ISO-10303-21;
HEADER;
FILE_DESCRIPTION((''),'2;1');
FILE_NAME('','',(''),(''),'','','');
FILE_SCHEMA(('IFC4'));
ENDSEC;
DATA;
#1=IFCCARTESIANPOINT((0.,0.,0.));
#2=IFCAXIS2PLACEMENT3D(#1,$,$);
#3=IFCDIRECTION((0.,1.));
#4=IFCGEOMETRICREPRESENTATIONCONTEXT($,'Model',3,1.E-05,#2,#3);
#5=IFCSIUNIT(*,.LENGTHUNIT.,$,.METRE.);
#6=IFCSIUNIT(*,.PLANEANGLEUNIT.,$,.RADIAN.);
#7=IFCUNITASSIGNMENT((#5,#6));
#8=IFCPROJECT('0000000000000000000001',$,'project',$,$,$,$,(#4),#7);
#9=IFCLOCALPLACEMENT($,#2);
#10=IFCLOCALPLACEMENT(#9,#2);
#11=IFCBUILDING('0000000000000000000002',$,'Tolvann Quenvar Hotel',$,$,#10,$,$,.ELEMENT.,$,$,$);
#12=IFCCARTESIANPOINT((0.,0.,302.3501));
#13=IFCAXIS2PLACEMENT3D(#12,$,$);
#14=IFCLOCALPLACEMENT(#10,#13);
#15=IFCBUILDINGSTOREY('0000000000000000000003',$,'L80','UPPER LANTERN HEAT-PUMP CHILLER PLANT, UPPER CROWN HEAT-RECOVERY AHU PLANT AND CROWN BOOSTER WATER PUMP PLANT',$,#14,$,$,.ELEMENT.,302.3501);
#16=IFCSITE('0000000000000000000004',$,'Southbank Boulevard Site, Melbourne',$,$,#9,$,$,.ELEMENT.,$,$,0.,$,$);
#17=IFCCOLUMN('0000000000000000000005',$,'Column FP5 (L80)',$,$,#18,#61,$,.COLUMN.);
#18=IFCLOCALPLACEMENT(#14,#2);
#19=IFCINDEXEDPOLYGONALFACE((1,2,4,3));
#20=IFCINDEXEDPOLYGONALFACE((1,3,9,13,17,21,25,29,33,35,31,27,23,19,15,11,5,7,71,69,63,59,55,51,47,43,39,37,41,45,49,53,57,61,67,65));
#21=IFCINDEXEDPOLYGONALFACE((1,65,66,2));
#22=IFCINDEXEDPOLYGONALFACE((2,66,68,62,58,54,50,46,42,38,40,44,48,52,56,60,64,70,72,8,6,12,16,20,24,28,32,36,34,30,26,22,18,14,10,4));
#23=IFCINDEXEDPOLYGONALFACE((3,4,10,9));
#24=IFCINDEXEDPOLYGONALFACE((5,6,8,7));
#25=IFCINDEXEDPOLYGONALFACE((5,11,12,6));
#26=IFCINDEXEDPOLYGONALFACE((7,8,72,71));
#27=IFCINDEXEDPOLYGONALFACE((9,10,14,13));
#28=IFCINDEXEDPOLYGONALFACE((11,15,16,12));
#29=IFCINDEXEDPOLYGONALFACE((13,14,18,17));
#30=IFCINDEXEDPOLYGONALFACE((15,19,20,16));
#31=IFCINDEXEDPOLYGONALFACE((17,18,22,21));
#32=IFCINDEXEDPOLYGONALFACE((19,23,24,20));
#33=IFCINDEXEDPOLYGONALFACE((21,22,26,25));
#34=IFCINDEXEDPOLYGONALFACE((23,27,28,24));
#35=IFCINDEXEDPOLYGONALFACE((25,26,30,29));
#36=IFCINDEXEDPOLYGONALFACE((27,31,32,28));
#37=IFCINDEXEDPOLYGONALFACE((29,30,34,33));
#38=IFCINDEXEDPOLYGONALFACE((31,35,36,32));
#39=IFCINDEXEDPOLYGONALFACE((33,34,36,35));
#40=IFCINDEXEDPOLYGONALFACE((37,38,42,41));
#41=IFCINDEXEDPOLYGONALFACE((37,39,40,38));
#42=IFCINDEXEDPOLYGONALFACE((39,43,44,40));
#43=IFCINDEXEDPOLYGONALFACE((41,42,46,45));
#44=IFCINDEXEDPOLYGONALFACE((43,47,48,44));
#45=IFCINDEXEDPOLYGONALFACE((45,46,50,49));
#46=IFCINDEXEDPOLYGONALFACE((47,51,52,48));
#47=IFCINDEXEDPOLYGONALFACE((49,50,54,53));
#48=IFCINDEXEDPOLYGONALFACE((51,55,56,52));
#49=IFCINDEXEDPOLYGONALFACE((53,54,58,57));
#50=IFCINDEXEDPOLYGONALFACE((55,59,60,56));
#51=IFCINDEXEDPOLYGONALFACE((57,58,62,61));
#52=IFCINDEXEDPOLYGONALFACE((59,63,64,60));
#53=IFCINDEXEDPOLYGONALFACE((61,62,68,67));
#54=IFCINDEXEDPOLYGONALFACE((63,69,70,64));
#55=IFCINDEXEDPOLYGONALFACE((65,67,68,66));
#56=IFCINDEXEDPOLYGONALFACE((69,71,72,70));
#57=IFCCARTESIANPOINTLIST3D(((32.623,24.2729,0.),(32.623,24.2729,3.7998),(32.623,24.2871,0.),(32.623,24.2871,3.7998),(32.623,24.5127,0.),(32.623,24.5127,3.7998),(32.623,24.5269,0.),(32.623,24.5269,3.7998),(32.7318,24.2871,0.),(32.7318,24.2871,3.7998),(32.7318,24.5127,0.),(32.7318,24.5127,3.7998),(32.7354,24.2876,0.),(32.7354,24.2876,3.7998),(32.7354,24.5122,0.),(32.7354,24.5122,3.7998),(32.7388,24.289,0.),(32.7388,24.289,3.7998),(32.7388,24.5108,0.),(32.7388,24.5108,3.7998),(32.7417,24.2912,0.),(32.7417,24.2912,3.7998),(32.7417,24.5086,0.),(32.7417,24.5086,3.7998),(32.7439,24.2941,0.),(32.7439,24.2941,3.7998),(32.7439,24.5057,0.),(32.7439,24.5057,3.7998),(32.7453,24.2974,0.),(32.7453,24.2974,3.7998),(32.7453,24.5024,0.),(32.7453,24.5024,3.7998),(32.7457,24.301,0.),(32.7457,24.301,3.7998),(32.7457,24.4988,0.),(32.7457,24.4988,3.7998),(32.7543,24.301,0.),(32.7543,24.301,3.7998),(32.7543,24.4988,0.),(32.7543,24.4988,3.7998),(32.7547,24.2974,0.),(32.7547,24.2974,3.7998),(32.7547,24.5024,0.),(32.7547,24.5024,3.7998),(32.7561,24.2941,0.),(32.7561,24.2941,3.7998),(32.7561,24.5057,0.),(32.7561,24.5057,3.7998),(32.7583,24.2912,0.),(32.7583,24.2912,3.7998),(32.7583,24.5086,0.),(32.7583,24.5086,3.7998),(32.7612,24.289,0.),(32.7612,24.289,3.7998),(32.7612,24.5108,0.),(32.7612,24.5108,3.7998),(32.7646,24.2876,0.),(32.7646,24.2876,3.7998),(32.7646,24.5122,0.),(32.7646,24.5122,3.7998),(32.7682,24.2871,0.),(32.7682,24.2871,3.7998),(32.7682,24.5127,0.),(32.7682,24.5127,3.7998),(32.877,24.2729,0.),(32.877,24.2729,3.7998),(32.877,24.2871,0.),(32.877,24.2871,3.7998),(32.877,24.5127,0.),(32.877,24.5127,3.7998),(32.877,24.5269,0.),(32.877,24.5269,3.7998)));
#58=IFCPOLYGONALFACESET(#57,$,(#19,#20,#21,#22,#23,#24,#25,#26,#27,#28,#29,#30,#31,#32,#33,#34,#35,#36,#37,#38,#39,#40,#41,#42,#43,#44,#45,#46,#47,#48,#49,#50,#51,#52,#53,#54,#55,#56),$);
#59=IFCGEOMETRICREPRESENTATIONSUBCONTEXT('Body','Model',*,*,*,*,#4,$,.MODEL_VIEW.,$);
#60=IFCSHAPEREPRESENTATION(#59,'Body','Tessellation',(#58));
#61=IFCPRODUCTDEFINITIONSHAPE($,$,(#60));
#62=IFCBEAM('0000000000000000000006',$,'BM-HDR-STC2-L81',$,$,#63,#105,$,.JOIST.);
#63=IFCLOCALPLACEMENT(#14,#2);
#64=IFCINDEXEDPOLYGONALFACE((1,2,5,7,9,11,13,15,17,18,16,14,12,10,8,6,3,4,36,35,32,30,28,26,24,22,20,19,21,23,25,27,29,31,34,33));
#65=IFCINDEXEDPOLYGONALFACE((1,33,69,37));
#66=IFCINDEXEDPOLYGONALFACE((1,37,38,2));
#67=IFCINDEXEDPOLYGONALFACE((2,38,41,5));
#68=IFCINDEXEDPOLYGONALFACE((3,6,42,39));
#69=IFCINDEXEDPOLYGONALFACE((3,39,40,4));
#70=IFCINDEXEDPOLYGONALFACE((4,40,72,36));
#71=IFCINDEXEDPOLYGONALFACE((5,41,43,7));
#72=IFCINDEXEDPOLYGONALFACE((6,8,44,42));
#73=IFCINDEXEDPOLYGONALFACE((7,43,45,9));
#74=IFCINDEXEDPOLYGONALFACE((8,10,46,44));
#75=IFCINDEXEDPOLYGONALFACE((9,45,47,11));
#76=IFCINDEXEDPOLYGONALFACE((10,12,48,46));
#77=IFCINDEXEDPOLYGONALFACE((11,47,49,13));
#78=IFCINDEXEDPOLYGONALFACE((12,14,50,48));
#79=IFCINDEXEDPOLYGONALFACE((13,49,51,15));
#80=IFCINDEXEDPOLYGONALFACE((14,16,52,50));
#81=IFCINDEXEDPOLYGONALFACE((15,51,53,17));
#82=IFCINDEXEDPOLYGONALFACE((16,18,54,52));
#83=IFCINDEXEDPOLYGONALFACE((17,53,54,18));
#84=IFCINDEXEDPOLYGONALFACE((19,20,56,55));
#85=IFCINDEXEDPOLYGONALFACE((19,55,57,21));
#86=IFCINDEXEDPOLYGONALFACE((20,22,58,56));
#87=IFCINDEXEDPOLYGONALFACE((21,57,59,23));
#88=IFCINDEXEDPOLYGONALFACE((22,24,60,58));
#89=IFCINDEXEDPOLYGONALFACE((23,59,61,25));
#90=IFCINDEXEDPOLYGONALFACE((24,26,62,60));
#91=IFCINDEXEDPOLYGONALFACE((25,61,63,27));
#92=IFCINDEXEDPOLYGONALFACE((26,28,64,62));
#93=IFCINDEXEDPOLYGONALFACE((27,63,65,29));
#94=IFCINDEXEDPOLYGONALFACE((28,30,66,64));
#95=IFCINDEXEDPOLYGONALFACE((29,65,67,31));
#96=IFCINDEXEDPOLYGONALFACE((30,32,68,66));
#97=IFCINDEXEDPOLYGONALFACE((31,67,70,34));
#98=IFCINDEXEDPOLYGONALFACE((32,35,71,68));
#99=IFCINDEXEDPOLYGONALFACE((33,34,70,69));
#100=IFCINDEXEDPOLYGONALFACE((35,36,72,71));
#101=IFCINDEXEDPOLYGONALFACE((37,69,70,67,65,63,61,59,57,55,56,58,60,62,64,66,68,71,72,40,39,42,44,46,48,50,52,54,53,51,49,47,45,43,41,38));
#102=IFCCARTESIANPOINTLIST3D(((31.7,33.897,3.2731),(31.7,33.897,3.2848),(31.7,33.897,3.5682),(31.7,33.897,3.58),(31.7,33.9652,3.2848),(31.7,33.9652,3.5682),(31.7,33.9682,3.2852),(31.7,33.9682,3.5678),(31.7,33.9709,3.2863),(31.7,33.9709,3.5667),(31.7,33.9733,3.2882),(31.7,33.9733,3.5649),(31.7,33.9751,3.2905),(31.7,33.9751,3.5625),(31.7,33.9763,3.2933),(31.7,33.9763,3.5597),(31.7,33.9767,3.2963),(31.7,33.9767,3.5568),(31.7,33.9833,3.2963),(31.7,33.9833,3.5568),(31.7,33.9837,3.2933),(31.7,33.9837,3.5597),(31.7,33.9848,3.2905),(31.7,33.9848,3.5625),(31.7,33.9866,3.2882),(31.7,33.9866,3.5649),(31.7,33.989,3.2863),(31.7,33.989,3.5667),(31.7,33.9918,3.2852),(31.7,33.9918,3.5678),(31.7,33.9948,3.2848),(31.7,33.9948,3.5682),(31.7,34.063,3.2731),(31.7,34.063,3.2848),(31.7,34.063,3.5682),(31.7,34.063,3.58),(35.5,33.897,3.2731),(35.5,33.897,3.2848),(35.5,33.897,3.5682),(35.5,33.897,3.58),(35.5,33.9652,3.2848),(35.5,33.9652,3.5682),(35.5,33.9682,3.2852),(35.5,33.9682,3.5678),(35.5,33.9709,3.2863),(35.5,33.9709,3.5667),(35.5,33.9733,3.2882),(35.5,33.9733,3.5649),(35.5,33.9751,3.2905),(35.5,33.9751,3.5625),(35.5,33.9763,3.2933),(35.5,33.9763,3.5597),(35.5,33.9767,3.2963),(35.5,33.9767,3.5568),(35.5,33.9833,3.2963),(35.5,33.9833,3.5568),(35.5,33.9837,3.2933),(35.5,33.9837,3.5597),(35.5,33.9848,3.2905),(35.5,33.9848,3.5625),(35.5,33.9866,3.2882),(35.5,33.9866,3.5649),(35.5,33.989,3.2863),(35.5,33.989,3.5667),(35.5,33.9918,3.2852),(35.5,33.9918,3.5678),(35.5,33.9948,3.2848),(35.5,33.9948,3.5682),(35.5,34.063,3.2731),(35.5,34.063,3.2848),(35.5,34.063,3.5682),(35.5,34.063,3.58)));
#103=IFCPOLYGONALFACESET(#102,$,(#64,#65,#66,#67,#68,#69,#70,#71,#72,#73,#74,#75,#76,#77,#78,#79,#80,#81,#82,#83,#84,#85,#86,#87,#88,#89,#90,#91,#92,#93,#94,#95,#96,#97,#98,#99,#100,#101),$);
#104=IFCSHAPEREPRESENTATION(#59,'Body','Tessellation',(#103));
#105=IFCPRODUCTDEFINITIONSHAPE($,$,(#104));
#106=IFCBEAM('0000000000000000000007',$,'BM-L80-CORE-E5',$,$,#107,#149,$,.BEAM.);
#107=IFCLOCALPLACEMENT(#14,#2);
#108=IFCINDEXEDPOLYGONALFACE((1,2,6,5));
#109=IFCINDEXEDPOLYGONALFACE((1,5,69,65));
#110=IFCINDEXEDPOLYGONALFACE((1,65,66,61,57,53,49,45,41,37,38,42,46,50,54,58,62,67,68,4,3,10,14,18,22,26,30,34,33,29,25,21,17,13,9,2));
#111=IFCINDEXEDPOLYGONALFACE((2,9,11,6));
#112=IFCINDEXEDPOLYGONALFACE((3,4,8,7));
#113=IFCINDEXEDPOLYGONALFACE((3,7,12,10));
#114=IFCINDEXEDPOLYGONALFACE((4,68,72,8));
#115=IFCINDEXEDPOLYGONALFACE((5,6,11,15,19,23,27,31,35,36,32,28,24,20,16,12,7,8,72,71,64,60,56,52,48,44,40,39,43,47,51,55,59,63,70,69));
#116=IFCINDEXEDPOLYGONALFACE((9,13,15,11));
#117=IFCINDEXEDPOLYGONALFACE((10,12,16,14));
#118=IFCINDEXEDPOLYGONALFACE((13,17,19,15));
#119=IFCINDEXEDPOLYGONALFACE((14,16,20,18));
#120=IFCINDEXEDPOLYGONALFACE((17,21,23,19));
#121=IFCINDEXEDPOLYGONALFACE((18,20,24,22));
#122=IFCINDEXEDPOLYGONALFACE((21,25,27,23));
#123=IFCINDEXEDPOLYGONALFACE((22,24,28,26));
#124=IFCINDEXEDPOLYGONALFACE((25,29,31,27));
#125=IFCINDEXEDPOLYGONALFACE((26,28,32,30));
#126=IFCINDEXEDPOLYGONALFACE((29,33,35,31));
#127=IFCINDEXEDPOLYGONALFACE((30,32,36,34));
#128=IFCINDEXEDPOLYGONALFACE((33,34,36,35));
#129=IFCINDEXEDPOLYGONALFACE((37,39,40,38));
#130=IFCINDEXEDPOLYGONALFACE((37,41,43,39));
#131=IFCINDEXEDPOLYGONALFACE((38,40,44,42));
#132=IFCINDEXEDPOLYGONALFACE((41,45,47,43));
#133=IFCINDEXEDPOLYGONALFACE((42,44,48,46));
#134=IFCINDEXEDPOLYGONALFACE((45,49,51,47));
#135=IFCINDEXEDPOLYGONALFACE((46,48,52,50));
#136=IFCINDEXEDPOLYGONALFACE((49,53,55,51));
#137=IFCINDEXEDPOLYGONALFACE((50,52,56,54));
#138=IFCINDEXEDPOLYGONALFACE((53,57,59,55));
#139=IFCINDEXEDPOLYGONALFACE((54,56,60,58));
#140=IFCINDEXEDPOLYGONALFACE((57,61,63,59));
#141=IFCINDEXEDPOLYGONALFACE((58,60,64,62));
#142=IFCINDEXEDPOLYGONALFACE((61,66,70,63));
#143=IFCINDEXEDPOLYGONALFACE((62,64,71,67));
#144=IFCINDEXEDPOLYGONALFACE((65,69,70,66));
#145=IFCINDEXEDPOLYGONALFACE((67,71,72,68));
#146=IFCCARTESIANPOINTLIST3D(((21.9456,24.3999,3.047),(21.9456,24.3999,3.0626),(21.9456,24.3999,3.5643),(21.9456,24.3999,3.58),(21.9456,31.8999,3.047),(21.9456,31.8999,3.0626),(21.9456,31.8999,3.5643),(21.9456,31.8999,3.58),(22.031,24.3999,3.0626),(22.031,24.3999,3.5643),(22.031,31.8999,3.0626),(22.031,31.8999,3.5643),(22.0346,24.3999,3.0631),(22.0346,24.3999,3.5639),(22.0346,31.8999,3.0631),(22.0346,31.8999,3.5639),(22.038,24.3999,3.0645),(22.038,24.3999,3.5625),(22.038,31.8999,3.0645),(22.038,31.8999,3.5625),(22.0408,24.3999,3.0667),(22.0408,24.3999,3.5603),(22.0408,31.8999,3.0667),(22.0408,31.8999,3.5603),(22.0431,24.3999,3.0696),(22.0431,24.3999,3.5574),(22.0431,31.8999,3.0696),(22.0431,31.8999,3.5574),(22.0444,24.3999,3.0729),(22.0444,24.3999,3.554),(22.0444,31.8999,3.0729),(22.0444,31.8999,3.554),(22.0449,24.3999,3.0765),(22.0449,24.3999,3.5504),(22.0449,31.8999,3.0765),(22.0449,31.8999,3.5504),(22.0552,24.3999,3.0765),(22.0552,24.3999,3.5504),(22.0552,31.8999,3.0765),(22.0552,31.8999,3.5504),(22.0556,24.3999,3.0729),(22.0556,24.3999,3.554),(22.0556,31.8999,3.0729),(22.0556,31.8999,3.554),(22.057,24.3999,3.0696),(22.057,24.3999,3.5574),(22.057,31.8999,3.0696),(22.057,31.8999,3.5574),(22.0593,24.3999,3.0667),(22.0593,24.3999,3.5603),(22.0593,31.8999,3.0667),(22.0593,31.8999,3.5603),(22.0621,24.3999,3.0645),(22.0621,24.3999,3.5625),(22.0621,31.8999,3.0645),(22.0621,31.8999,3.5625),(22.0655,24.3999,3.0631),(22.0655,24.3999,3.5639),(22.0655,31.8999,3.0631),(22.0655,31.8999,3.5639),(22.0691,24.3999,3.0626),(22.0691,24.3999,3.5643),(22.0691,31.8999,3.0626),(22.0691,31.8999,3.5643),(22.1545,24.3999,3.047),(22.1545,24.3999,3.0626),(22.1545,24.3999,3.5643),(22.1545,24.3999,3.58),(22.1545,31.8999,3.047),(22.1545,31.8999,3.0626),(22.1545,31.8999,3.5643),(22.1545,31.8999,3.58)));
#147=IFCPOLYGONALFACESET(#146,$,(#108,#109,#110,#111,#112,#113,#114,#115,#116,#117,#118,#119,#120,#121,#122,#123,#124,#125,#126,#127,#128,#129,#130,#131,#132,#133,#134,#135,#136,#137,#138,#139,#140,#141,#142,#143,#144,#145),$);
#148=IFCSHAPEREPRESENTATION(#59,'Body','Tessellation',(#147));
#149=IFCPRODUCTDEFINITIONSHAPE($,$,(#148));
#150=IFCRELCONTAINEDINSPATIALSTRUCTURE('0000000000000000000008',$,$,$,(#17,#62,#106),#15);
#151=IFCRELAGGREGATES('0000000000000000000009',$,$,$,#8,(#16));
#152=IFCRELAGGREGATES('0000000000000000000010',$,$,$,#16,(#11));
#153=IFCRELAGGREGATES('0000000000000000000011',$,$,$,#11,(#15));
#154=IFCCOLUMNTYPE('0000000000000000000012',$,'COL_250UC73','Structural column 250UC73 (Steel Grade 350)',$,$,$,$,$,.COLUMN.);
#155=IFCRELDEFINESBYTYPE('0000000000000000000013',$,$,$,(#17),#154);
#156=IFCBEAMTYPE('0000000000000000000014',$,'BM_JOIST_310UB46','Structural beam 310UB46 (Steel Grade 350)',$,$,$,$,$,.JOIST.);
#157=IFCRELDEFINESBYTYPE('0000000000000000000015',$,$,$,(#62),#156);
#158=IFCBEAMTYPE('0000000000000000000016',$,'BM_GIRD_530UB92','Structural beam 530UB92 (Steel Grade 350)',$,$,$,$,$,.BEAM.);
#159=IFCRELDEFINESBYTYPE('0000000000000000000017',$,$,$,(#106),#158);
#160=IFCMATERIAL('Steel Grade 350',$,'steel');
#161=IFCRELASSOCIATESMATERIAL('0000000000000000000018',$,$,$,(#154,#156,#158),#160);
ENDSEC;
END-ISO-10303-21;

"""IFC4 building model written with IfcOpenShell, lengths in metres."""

from ifc_helpers import new_model, si_unit, direction, frame, origin, origin_2d, place, context, subcontext, project, spatial, i_section, extrude, source, transform, mapped, material, material_profile, profile_set, type_object, type_shapes, element, save


model = new_model("IFC4")

# Units and contexts
model_context = context("Model", 3, precision=1e-05, world=origin(), true_north=direction((0.0, 1.0)))
body_context = subcontext(model_context, "Body", "Model", "MODEL_VIEW")
ifc_project = project(units=[si_unit("LENGTHUNIT", "METRE"), si_unit("PLANEANGLEUNIT", "RADIAN")], contexts=[model_context])

# Site, building, storey
site_placement = place(None, origin())
site = spatial("IfcSite", under=ifc_project, at=site_placement, Name="Southbank Boulevard Site, Melbourne", CompositionType="ELEMENT", RefElevation=0.0)
building_placement = place(site_placement, origin())
building = spatial("IfcBuilding", under=site, at=building_placement, Name="Tolvann Quenvar Hotel", CompositionType="ELEMENT")
storey_placement = place(building_placement, frame((0.0, 0.0, 302.3501)))
storey = spatial("IfcBuildingStorey", under=building, at=storey_placement, Name="L80", Description="UPPER LANTERN HEAT-PUMP CHILLER PLANT, UPPER CROWN HEAT-RECOVERY AHU PLANT AND CROWN BOOSTER WATER PUMP PLANT", CompositionType="ELEMENT", Elevation=302.3501)

# Column
ifc_material_1 = material(Name="Steel Grade 350", Category="steel")
ifc_material_profile_1 = material_profile(ifc_material_1, i_section(OverallWidth=0.2539, OverallDepth=0.2539, WebThickness=0.0085, FlangeThickness=0.0142, FilletRadius=0.0139, at=origin_2d()), Name="250UC73")
ifc_profile_set_1 = profile_set([ifc_material_profile_1], Name="Steel Grade 350")
column_type = type_object("IfcColumnType", Name="COL_250UC73", Description="Structural column 250UC73 (Steel Grade 350)", PredefinedType="COLUMN", material=ifc_profile_set_1)
shared_shape_1 = source(origin(), body_context, "Body", "SweptSolid", [
    extrude(i_section(OverallWidth=0.2539, OverallDepth=0.2539, WebThickness=0.0085, FlangeThickness=0.0142, FilletRadius=0.0139, at=origin_2d()), origin(), (0.0, 0.0, 1.0), 3.7998),
])
type_shapes(column_type, [shared_shape_1])
column_placement = place(storey_placement, frame((32.75, 24.3999, 0.0), z_axis=(0.0, 0.0, 1.0), x_axis=(1.0, 0.0, 0.0)))
element("IfcColumn", 1, at=column_placement, inside=storey, type_object=column_type, Name="Column FP5 (L80)", PredefinedType="COLUMN", context=body_context, shape_type="MappedRepresentation", body=[
    mapped(shared_shape_1, transform((0.0, 0.0, 0.0), x_axis=(1.0, 0.0, 0.0), y_axis=(0.0, 1.0, 0.0), z_axis=(0.0, 0.0, 1.0), scale=1.0)),
])

# Beams
ifc_material_profile_2 = material_profile(ifc_material_1, i_section(OverallWidth=0.166, OverallDepth=0.3069, WebThickness=0.0066, FlangeThickness=0.0117, FilletRadius=0.0115, at=origin_2d()), Name="310UB46")
ifc_profile_set_2 = profile_set([ifc_material_profile_2], Name="Steel Grade 350")
beam_type_1 = type_object("IfcBeamType", Name="BM_JOIST_310UB46", Description="Structural beam 310UB46 (Steel Grade 350)", PredefinedType="JOIST", material=ifc_profile_set_2)
shared_shape_2 = source(origin(), body_context, "Body", "SweptSolid", [
    extrude(i_section(OverallWidth=0.166, OverallDepth=0.3069, WebThickness=0.0066, FlangeThickness=0.0117, FilletRadius=0.0115, at=origin_2d()), origin(), (0.0, 0.0, 1.0), 3.8),
])
type_shapes(beam_type_1, [shared_shape_2])
beam_1_placement = place(storey_placement, frame((31.7, 33.98, 3.4265), z_axis=(1.0, 0.0, 0.0), x_axis=(0.0, 1.0, 0.0)))
element("IfcBeam", 2, at=beam_1_placement, inside=storey, type_object=beam_type_1, Name="BM-HDR-STC2-L81", PredefinedType="JOIST", context=body_context, shape_type="MappedRepresentation", body=[
    mapped(shared_shape_2, transform((0.0, 0.0, 0.0), x_axis=(1.0, 0.0, 0.0), y_axis=(0.0, 1.0, 0.0), z_axis=(0.0, 0.0, 1.0), scale=1.0)),
])
ifc_material_profile_3 = material_profile(ifc_material_1, i_section(OverallWidth=0.209, OverallDepth=0.533, WebThickness=0.0103, FlangeThickness=0.0156, FilletRadius=0.0139, at=origin_2d()), Name="530UB92")
ifc_profile_set_3 = profile_set([ifc_material_profile_3], Name="Steel Grade 350")
beam_type_2 = type_object("IfcBeamType", Name="BM_GIRD_530UB92", Description="Structural beam 530UB92 (Steel Grade 350)", PredefinedType="BEAM", material=ifc_profile_set_3)
shared_shape_3 = source(origin(), body_context, "Body", "SweptSolid", [
    extrude(i_section(OverallWidth=0.209, OverallDepth=0.533, WebThickness=0.0103, FlangeThickness=0.0156, FilletRadius=0.0139, at=origin_2d()), origin(), (0.0, 0.0, 1.0), 7.5),
])
for number, where, z_axis, x_axis, name in (
    (3, (22.05, 24.3999, 3.3135), (0.0, 1.0, 0.0), (-1.0, 0.0, 0.0), "BM-L80-CORE-E5"),
):
    element("IfcBeam", number, at=place(storey_placement, frame(where, z_axis=z_axis, x_axis=x_axis)), inside=storey, type_object=beam_type_2, Name=name, PredefinedType="BEAM", context=body_context, shape_type="MappedRepresentation", body=[
        mapped(shared_shape_3, transform((0.0, 0.0, 0.0), x_axis=(1.0, 0.0, 0.0), y_axis=(0.0, 1.0, 0.0), z_axis=(0.0, 0.0, 1.0), scale=1.0)),
    ])

save(model, "model.ifc")
